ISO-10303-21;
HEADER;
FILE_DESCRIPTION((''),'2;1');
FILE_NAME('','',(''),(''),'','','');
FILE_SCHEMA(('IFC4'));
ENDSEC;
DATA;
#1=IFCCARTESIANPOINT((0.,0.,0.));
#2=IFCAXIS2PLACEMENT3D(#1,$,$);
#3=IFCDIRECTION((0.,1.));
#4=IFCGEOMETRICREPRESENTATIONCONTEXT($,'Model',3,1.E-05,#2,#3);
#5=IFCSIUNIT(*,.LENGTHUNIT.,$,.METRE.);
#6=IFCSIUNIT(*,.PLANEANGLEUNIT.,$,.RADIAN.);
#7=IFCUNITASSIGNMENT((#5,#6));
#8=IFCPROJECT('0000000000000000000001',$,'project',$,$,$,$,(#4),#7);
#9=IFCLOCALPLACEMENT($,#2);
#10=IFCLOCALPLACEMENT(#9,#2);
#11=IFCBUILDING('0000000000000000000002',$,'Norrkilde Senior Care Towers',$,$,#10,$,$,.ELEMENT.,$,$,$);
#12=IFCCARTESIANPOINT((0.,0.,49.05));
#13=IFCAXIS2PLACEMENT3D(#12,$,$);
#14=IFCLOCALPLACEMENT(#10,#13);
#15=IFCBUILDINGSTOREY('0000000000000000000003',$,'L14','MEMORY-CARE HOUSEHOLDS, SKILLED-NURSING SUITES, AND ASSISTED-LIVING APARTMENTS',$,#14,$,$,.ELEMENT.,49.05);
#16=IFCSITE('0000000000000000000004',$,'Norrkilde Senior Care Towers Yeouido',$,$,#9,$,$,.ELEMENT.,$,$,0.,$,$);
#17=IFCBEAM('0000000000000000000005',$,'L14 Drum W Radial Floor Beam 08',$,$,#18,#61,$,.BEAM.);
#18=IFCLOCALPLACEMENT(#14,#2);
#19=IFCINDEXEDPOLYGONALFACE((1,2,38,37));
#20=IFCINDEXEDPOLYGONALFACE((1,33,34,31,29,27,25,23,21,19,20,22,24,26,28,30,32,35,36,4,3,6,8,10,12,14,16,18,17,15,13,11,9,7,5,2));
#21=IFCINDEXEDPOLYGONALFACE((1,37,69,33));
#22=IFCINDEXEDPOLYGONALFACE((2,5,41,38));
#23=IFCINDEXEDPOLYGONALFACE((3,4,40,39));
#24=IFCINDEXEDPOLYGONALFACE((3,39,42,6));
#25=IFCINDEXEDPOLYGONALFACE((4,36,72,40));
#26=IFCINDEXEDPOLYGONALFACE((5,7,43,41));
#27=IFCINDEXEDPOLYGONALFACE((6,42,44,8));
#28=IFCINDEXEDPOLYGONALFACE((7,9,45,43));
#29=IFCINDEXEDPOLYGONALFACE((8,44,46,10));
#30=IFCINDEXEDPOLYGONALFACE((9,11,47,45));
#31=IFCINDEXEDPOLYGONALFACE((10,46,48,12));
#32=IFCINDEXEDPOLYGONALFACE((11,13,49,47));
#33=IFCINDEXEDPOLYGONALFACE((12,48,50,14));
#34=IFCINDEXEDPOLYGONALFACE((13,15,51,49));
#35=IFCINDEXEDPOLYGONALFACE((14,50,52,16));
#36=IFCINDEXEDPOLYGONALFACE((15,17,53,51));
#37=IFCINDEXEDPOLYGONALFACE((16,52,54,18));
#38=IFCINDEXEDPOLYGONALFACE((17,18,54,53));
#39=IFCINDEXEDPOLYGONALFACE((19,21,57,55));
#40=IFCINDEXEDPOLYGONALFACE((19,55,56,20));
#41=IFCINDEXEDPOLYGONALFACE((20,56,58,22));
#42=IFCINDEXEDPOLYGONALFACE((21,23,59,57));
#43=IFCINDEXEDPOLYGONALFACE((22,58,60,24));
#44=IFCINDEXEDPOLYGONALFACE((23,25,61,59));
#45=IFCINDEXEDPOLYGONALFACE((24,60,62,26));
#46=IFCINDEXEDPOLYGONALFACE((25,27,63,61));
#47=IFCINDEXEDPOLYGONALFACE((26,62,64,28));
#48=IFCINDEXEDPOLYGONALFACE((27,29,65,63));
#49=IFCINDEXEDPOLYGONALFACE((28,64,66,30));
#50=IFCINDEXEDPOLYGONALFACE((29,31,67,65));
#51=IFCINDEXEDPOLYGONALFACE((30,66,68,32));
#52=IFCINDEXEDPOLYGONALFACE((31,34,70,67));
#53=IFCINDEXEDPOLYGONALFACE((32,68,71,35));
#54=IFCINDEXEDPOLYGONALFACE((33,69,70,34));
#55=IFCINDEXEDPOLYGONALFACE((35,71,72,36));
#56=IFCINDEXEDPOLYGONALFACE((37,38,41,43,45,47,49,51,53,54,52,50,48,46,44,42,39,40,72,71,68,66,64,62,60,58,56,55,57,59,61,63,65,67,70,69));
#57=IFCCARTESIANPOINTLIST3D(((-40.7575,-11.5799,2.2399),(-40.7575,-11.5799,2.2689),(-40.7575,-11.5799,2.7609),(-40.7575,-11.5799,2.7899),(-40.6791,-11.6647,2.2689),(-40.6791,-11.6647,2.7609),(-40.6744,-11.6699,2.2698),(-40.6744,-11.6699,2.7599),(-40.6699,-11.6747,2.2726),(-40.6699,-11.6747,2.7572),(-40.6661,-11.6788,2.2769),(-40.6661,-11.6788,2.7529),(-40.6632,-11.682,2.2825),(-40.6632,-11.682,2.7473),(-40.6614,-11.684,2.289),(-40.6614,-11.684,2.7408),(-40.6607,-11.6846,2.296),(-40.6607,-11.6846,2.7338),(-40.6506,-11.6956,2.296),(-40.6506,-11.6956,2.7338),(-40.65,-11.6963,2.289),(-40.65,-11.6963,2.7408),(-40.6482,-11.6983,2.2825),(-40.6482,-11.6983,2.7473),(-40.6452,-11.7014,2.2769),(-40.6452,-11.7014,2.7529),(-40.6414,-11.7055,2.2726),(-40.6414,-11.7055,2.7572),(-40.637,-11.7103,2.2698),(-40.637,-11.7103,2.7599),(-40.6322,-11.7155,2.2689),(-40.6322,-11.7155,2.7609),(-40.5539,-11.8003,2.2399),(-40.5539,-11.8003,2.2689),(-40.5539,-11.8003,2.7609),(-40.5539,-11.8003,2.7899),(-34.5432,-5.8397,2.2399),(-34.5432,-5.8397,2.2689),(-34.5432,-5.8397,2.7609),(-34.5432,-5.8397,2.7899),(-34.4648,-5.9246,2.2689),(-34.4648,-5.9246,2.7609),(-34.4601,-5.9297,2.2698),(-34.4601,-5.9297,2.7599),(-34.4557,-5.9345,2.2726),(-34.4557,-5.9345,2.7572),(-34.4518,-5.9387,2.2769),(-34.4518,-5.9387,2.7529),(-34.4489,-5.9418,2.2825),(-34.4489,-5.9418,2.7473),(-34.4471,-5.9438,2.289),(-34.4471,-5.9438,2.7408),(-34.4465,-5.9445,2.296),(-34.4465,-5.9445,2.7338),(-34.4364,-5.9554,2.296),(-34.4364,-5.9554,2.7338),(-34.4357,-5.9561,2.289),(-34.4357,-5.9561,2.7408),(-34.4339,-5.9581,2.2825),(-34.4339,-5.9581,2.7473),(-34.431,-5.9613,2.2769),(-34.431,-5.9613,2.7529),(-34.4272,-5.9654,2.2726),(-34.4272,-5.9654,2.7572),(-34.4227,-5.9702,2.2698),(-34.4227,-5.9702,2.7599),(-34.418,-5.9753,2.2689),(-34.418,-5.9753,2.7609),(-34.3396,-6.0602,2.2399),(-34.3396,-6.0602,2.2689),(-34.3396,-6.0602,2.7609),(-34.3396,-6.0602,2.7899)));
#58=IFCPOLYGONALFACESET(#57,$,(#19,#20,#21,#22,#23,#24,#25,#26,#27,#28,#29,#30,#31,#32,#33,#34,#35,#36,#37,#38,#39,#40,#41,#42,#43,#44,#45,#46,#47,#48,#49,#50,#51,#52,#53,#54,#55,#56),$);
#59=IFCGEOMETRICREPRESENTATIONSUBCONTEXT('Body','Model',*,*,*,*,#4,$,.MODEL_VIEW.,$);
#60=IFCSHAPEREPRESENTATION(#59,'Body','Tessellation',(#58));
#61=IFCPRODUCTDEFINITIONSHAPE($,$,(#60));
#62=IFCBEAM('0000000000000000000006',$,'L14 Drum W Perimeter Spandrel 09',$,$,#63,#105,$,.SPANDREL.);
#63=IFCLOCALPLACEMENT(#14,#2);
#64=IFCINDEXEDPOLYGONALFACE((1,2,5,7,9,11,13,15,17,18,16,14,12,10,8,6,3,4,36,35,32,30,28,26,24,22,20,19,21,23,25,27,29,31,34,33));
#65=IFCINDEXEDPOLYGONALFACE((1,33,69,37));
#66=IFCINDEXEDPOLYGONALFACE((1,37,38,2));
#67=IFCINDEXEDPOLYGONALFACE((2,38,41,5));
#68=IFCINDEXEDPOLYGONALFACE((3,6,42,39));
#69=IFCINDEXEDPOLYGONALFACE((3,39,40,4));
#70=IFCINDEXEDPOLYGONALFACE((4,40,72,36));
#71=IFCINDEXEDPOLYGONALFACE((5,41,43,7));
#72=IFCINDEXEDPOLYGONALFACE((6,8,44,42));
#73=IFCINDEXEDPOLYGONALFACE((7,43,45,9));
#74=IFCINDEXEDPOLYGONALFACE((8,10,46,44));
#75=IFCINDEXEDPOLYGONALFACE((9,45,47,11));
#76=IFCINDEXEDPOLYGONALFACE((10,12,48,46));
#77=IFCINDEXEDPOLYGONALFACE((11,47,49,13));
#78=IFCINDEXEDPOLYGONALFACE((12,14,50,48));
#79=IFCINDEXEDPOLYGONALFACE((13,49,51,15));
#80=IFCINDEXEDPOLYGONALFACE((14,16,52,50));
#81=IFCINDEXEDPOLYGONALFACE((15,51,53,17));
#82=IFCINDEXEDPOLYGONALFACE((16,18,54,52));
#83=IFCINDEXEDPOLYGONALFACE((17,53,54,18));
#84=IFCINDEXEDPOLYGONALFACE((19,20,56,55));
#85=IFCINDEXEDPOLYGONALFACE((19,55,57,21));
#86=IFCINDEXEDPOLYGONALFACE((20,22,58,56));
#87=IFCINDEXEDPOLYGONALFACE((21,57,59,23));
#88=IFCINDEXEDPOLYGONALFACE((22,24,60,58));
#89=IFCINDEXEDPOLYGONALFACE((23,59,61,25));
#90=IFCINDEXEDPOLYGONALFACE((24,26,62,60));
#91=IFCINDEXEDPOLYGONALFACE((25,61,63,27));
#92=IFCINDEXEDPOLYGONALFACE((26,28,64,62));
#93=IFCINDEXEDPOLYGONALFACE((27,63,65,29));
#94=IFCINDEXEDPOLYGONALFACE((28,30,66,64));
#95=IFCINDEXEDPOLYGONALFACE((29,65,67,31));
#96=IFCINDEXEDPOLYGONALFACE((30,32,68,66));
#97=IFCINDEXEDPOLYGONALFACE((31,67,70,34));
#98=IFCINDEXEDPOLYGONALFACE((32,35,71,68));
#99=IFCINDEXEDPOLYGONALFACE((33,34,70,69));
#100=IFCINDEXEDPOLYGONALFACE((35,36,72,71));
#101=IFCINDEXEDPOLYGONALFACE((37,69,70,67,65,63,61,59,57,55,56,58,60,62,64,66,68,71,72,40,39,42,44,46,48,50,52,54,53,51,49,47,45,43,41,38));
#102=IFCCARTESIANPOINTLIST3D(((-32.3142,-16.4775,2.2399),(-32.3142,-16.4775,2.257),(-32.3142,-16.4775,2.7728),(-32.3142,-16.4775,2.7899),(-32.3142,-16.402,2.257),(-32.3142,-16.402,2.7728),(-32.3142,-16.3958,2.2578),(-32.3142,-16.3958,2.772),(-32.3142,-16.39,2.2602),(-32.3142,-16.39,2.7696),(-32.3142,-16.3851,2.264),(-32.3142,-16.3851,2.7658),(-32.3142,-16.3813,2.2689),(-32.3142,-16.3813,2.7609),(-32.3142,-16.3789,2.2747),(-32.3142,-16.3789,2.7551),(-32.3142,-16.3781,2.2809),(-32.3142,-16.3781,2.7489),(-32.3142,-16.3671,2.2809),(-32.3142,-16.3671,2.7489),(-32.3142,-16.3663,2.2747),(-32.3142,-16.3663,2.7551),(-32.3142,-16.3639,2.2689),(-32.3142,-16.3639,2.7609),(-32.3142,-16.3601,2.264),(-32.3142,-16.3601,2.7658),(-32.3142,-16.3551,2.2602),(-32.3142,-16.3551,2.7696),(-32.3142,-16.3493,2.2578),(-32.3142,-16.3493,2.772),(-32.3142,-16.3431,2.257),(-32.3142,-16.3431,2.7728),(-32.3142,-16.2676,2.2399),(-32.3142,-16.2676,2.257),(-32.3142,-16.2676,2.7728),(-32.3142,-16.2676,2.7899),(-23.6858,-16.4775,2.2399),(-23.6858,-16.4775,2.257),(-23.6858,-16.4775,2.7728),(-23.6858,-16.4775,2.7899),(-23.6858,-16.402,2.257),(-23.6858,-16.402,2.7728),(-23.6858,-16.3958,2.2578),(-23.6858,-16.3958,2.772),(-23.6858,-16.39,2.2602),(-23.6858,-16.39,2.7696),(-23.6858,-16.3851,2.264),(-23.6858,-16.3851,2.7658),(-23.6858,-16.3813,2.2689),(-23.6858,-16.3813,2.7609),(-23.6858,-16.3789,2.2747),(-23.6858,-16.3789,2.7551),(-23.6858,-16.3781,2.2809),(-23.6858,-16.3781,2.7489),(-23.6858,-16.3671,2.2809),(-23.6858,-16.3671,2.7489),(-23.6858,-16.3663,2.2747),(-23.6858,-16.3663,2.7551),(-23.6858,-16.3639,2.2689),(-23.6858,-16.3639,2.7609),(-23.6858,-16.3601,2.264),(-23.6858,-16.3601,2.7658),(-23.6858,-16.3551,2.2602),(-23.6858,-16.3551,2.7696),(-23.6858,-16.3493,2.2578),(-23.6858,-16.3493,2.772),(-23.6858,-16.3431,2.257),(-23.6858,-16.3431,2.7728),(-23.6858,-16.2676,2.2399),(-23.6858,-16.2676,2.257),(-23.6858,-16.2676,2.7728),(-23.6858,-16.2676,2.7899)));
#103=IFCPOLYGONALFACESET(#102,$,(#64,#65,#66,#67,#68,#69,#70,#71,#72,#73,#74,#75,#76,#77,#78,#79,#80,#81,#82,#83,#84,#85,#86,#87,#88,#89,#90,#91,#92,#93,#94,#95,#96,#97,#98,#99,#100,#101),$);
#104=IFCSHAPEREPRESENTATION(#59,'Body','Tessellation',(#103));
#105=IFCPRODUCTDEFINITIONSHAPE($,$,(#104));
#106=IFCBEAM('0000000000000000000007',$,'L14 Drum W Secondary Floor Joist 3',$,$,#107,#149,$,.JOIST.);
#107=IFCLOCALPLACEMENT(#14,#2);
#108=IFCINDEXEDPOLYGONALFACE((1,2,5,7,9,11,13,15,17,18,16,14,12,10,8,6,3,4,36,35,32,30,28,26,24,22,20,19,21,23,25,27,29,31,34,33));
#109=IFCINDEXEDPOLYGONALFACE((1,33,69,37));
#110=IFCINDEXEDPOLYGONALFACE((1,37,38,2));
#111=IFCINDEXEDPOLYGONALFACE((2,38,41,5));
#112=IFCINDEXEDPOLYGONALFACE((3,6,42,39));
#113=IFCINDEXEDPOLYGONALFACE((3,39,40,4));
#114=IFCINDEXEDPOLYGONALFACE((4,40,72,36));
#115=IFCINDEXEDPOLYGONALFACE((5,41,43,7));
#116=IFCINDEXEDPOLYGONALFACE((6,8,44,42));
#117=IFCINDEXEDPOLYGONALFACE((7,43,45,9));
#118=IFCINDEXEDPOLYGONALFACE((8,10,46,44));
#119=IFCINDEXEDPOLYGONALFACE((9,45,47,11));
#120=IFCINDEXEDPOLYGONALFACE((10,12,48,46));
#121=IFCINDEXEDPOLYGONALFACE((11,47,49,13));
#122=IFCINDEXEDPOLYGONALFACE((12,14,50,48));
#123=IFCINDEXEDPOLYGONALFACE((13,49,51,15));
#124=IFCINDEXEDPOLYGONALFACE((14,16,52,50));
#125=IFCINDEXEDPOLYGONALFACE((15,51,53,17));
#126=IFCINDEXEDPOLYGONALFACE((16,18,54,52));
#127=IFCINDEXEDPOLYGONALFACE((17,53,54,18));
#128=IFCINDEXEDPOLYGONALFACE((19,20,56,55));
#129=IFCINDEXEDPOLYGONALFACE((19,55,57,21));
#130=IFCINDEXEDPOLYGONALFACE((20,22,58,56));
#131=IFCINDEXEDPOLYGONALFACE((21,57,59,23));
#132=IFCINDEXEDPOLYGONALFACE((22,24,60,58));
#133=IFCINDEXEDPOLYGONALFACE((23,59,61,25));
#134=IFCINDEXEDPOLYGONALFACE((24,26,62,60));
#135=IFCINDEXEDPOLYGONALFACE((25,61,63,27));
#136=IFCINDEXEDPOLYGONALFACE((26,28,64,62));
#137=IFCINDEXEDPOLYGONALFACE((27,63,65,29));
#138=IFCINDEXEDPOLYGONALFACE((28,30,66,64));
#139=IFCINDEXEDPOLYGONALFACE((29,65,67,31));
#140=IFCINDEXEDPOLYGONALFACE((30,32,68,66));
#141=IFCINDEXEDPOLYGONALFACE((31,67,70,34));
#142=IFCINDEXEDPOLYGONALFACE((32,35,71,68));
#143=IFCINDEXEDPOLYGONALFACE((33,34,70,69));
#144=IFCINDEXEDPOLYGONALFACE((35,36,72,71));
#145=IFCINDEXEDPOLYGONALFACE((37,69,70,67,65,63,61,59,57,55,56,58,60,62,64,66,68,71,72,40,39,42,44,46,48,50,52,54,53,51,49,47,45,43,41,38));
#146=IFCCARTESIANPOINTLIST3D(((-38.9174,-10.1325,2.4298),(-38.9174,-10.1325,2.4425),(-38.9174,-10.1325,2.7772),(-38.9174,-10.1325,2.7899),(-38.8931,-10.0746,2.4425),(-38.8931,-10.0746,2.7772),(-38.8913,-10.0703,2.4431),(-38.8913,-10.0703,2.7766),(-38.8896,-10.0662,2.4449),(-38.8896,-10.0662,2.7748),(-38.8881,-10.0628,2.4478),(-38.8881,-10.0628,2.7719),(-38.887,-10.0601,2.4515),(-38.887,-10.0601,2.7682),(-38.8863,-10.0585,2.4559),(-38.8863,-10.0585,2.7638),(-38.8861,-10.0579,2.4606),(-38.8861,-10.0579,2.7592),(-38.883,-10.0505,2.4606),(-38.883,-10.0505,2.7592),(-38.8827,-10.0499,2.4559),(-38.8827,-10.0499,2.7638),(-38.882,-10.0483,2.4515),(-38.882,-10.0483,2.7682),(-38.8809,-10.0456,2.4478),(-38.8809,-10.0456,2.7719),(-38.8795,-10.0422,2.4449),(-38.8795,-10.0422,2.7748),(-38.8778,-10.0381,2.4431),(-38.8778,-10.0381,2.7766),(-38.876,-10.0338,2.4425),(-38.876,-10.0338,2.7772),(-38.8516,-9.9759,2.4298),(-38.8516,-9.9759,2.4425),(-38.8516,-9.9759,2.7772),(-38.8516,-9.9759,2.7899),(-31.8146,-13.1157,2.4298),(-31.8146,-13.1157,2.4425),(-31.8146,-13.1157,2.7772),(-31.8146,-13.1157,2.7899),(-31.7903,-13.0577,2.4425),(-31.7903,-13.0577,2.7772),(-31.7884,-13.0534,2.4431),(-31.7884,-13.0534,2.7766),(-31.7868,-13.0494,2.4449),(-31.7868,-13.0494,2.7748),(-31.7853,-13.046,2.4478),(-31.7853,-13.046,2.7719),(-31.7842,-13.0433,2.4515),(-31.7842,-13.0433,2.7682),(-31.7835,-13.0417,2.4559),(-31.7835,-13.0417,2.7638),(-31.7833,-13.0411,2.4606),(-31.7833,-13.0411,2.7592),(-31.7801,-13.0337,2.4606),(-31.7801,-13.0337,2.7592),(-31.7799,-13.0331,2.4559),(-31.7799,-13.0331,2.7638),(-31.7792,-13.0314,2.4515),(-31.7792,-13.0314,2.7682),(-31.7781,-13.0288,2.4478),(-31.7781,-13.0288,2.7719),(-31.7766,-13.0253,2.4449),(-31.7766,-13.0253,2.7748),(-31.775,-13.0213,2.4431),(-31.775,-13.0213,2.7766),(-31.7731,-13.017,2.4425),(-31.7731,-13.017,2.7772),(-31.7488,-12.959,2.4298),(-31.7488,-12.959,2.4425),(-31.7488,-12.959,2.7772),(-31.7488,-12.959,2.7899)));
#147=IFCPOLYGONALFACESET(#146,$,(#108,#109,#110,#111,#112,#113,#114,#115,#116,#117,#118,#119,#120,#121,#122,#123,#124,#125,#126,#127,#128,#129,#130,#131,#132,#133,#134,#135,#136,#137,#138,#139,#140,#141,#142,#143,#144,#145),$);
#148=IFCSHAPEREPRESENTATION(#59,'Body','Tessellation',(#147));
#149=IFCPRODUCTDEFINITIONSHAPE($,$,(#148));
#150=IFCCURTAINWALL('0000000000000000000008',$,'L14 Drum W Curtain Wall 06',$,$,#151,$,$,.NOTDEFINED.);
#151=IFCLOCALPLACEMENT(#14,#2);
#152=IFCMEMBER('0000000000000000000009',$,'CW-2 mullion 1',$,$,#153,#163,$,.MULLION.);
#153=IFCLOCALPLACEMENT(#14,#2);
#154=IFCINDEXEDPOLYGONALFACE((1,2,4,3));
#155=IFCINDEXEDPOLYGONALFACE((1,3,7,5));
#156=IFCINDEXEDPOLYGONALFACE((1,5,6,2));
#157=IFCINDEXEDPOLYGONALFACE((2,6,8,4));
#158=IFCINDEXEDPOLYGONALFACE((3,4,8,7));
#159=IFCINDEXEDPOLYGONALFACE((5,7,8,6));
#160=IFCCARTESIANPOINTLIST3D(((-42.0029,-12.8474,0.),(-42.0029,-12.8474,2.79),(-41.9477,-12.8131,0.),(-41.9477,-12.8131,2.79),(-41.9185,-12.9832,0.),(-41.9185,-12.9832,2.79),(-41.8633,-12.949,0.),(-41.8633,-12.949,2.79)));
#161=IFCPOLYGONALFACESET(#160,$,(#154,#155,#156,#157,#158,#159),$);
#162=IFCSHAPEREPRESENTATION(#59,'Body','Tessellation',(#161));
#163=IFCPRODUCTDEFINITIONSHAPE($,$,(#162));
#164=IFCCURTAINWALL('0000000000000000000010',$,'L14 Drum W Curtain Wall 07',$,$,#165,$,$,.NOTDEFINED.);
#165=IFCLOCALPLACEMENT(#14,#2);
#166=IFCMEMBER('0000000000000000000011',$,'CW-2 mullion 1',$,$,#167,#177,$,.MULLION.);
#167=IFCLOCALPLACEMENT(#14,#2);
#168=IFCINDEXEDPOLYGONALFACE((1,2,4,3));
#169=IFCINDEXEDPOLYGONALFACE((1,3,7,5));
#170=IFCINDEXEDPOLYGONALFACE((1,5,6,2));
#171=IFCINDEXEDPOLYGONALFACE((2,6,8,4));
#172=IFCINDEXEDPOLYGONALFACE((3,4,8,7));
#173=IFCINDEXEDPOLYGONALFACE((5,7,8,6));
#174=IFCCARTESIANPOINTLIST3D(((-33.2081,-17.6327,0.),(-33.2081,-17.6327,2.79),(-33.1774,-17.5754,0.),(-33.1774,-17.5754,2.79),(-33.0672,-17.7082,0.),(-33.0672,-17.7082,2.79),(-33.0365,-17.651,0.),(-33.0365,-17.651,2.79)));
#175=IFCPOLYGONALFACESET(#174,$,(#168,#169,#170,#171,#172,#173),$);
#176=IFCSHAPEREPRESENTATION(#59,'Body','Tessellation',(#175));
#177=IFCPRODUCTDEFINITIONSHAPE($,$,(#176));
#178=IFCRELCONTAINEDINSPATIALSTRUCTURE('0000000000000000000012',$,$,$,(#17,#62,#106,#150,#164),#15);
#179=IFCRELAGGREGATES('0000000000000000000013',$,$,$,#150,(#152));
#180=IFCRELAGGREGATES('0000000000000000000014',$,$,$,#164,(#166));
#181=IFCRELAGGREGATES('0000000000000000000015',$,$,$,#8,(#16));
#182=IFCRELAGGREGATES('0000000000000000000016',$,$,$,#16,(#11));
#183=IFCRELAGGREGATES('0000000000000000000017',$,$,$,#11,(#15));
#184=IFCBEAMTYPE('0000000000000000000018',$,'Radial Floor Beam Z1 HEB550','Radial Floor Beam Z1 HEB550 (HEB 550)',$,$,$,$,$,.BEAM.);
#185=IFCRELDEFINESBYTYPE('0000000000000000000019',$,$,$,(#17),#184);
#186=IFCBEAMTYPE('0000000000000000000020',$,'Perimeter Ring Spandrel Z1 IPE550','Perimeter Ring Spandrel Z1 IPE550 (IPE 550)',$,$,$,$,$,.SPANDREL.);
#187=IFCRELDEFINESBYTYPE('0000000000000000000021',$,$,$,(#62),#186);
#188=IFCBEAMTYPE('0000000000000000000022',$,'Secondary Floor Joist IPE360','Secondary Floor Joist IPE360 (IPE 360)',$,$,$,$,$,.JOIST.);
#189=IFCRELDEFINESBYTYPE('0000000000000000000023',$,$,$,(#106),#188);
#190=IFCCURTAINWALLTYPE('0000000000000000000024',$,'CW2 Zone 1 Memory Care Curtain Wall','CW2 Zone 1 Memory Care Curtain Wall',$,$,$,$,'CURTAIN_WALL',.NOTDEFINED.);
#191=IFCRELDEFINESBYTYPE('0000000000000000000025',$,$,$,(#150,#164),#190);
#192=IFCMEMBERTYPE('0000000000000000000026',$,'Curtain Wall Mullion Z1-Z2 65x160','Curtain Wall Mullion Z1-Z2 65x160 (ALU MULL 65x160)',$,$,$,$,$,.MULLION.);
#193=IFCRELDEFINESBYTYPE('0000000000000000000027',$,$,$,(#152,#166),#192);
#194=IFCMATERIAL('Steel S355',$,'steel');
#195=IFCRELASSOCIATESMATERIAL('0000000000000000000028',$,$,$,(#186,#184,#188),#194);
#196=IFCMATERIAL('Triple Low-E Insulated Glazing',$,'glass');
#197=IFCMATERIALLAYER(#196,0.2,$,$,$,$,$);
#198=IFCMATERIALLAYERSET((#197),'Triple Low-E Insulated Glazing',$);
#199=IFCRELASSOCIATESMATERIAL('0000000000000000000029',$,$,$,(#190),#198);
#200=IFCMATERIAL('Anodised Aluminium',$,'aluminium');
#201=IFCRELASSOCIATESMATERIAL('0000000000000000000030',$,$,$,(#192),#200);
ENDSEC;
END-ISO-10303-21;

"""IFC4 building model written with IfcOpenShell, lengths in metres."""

from ifc_helpers import new_model, si_unit, direction, frame, origin, origin_2d, place, context, subcontext, project, spatial, rectangle, i_section, extrude, source, transform, mapped, material, layer, layer_set, material_profile, profile_set, type_object, type_shapes, element, aggregate, save


model = new_model("IFC4")

# Units and contexts
model_context = context("Model", 3, precision=1e-05, world=origin(), true_north=direction((0.0, 1.0)))
body_context = subcontext(model_context, "Body", "Model", "MODEL_VIEW")
ifc_project = project(units=[si_unit("LENGTHUNIT", "METRE"), si_unit("PLANEANGLEUNIT", "RADIAN")], contexts=[model_context])

# Site, building, storey
site_placement = place(None, origin())
site = spatial("IfcSite", under=ifc_project, at=site_placement, Name="Norrkilde Senior Care Towers Yeouido", CompositionType="ELEMENT", RefElevation=0.0)
building_placement = place(site_placement, origin())
building = spatial("IfcBuilding", under=site, at=building_placement, Name="Norrkilde Senior Care Towers", CompositionType="ELEMENT")
storey_placement = place(building_placement, frame((0.0, 0.0, 49.05)))
storey = spatial("IfcBuildingStorey", under=building, at=storey_placement, Name="L14", Description="MEMORY-CARE HOUSEHOLDS, SKILLED-NURSING SUITES, AND ASSISTED-LIVING APARTMENTS", CompositionType="ELEMENT", Elevation=49.05)

# Beams
ifc_material_1 = material(Name="Steel S355", Category="steel")
ifc_material_profile_1 = material_profile(ifc_material_1, i_section(OverallWidth=0.21, OverallDepth=0.55, WebThickness=0.011, FlangeThickness=0.0171, FilletRadius=0.0239, at=origin_2d()), Name="IPE 550")
ifc_profile_set_1 = profile_set([ifc_material_profile_1], Name="Steel S355")
beam_type_1 = type_object("IfcBeamType", Name="Perimeter Ring Spandrel Z1 IPE550", Description="Perimeter Ring Spandrel Z1 IPE550 (IPE 550)", PredefinedType="SPANDREL", material=ifc_profile_set_1)
ifc_material_profile_2 = material_profile(ifc_material_1, i_section(OverallWidth=0.3, OverallDepth=0.55, WebThickness=0.0149, FlangeThickness=0.0291, FilletRadius=0.0271, at=origin_2d()), Name="HEB 550")
ifc_profile_set_2 = profile_set([ifc_material_profile_2], Name="Steel S355")
beam_type_2 = type_object("IfcBeamType", Name="Radial Floor Beam Z1 HEB550", Description="Radial Floor Beam Z1 HEB550 (HEB 550)", PredefinedType="BEAM", material=ifc_profile_set_2)
shared_shape_1 = source(origin(), body_context, "Body", "SweptSolid", [
    extrude(i_section(OverallWidth=0.3, OverallDepth=0.55, WebThickness=0.0149, FlangeThickness=0.0291, FilletRadius=0.0271, at=origin_2d()), origin(), (0.0, 0.0, 1.0), 8.4597),
])
type_shapes(beam_type_2, [shared_shape_1])
beam_1_placement = place(storey_placement, frame((-34.4414, -5.95, 2.5149), z_axis=(-0.734573, -0.678529, 0.0), x_axis=(0.678529, -0.734573, 0.0)))
element("IfcBeam", 1, at=beam_1_placement, inside=storey, type_object=beam_type_2, Name="L14 Drum W Radial Floor Beam 08", PredefinedType="BEAM", context=body_context, shape_type="MappedRepresentation", body=[
    mapped(shared_shape_1, transform((0.0, 0.0, 0.0), x_axis=(1.0, 0.0, 0.0), y_axis=(0.0, 1.0, 0.0), z_axis=(0.0, 0.0, 1.0), scale=1.0)),
])
shared_shape_2 = source(origin(), body_context, "Body", "SweptSolid", [
    extrude(i_section(OverallWidth=0.21, OverallDepth=0.55, WebThickness=0.011, FlangeThickness=0.0171, FilletRadius=0.0239, at=origin_2d()), origin(), (0.0, 0.0, 1.0), 8.6284),
])
beam_2_placement = place(storey_placement, frame((-32.3142, -16.3726, 2.5149), z_axis=(1.0, 0.0, 0.0), x_axis=(0.0, 1.0, 0.0)))
element("IfcBeam", 2, at=beam_2_placement, inside=storey, type_object=beam_type_1, Name="L14 Drum W Perimeter Spandrel 09", PredefinedType="SPANDREL", context=body_context, shape_type="MappedRepresentation", body=[
    mapped(shared_shape_2, transform((0.0, 0.0, 0.0), x_axis=(1.0, 0.0, 0.0), y_axis=(0.0, 1.0, 0.0), z_axis=(0.0, 0.0, 1.0), scale=1.0)),
])
ifc_material_profile_3 = material_profile(ifc_material_1, i_section(OverallWidth=0.1699, OverallDepth=0.3601, WebThickness=0.0081, FlangeThickness=0.0127, FilletRadius=0.0181, at=origin_2d()), Name="IPE 360")
ifc_profile_set_3 = profile_set([ifc_material_profile_3], Name="Steel S355")
beam_type_3 = type_object("IfcBeamType", Name="Secondary Floor Joist IPE360", Description="Secondary Floor Joist IPE360 (IPE 360)", PredefinedType="JOIST", material=ifc_profile_set_3)
shared_shape_3 = source(origin(), body_context, "Body", "SweptSolid", [
    extrude(i_section(OverallWidth=0.1699, OverallDepth=0.3601, WebThickness=0.0081, FlangeThickness=0.0127, FilletRadius=0.0181, at=origin_2d()), origin(), (0.0, 0.0, 1.0), 7.7039),
])
type_shapes(beam_type_3, [shared_shape_3])
beam_3_placement = place(storey_placement, frame((-38.8845, -10.0542, 2.6099), z_axis=(0.921983, -0.387231, 0.0), x_axis=(0.387231, 0.921983, 0.0)))
element("IfcBeam", 3, at=beam_3_placement, inside=storey, type_object=beam_type_3, Name="L14 Drum W Secondary Floor Joist 3", PredefinedType="JOIST", context=body_context, shape_type="MappedRepresentation", body=[
    mapped(shared_shape_3, transform((0.0, 0.0, 0.0), x_axis=(1.0, 0.0, 0.0), y_axis=(0.0, 1.0, 0.0), z_axis=(0.0, 0.0, 1.0), scale=1.0)),
])

# Curtain wall, member
ifc_material_2 = material(Name="Triple Low-E Insulated Glazing", Category="glass")
ifc_layer_1 = layer(ifc_material_2, 0.2)
ifc_layer_set_1 = layer_set([ifc_layer_1], Name="Triple Low-E Insulated Glazing")
curtain_wall_type = type_object("IfcCurtainWallType", Name="CW2 Zone 1 Memory Care Curtain Wall", Description="CW2 Zone 1 Memory Care Curtain Wall", ElementType="CURTAIN_WALL", PredefinedType="NOTDEFINED", material=ifc_layer_set_1)
curtain_wall_1_placement = place(storey_placement, origin())
curtain_wall_1 = element("IfcCurtainWall", 4, at=curtain_wall_1_placement, inside=storey, type_object=curtain_wall_type, Name="L14 Drum W Curtain Wall 06", PredefinedType="NOTDEFINED")
ifc_material_3 = material(Name="Anodised Aluminium", Category="aluminium")
ifc_material_profile_4 = material_profile(ifc_material_3, rectangle(XDim=0.0649, YDim=0.1599, at=origin_2d()), Name="ALU MULL 65x160")
ifc_profile_set_4 = profile_set([ifc_material_profile_4], Name="Anodised Aluminium")
member_type_1 = type_object("IfcMemberType", Name="Curtain Wall Mullion Z1-Z2 65x160", Description="Curtain Wall Mullion Z1-Z2 65x160 (ALU MULL 65x160)", PredefinedType="MULLION", material=ifc_profile_set_4)
shared_shape_4 = source(origin(), body_context, "Body", "SweptSolid", [
    extrude(rectangle(XDim=0.0649, YDim=0.1599, at=origin_2d()), origin(), (0.0, 0.0, 1.0), 2.79),
])
type_shapes(member_type_1, [shared_shape_4])
member_1_placement = place(storey_placement, frame((-41.9331, -12.8982, 0.0), z_axis=(0.0, 0.0, 1.0), x_axis=(-0.849306, -0.527901, 0.0)))
member_1 = element("IfcMember", 5, at=member_1_placement, type_object=member_type_1, Name="CW-2 mullion 1", PredefinedType="MULLION", context=body_context, shape_type="MappedRepresentation", body=[
    mapped(shared_shape_4, transform((0.0, 0.0, 0.0), x_axis=(1.0, 0.0, 0.0), y_axis=(0.0, 1.0, 0.0), z_axis=(0.0, 0.0, 1.0), scale=1.0)),
])

# Curtain wall, member
curtain_wall_2_placement = place(storey_placement, origin())
curtain_wall_2 = element("IfcCurtainWall", 6, at=curtain_wall_2_placement, inside=storey, type_object=curtain_wall_type, Name="L14 Drum W Curtain Wall 07", PredefinedType="NOTDEFINED")
member_2_placement = place(storey_placement, frame((-33.1223, -17.6418, 0.0), z_axis=(0.0, 0.0, 1.0), x_axis=(-0.472608, -0.881273, 0.0)))
member_2 = element("IfcMember", 7, at=member_2_placement, type_object=member_type_1, Name="CW-2 mullion 1", PredefinedType="MULLION", context=body_context, shape_type="MappedRepresentation", body=[
    mapped(shared_shape_4, transform((0.0, 0.0, 0.0), x_axis=(1.0, 0.0, 0.0), y_axis=(0.0, 1.0, 0.0), z_axis=(0.0, 0.0, 1.0), scale=1.0)),
])

aggregate(curtain_wall_1, [member_1])
aggregate(curtain_wall_2, [member_2])

save(model, "model.ifc")
